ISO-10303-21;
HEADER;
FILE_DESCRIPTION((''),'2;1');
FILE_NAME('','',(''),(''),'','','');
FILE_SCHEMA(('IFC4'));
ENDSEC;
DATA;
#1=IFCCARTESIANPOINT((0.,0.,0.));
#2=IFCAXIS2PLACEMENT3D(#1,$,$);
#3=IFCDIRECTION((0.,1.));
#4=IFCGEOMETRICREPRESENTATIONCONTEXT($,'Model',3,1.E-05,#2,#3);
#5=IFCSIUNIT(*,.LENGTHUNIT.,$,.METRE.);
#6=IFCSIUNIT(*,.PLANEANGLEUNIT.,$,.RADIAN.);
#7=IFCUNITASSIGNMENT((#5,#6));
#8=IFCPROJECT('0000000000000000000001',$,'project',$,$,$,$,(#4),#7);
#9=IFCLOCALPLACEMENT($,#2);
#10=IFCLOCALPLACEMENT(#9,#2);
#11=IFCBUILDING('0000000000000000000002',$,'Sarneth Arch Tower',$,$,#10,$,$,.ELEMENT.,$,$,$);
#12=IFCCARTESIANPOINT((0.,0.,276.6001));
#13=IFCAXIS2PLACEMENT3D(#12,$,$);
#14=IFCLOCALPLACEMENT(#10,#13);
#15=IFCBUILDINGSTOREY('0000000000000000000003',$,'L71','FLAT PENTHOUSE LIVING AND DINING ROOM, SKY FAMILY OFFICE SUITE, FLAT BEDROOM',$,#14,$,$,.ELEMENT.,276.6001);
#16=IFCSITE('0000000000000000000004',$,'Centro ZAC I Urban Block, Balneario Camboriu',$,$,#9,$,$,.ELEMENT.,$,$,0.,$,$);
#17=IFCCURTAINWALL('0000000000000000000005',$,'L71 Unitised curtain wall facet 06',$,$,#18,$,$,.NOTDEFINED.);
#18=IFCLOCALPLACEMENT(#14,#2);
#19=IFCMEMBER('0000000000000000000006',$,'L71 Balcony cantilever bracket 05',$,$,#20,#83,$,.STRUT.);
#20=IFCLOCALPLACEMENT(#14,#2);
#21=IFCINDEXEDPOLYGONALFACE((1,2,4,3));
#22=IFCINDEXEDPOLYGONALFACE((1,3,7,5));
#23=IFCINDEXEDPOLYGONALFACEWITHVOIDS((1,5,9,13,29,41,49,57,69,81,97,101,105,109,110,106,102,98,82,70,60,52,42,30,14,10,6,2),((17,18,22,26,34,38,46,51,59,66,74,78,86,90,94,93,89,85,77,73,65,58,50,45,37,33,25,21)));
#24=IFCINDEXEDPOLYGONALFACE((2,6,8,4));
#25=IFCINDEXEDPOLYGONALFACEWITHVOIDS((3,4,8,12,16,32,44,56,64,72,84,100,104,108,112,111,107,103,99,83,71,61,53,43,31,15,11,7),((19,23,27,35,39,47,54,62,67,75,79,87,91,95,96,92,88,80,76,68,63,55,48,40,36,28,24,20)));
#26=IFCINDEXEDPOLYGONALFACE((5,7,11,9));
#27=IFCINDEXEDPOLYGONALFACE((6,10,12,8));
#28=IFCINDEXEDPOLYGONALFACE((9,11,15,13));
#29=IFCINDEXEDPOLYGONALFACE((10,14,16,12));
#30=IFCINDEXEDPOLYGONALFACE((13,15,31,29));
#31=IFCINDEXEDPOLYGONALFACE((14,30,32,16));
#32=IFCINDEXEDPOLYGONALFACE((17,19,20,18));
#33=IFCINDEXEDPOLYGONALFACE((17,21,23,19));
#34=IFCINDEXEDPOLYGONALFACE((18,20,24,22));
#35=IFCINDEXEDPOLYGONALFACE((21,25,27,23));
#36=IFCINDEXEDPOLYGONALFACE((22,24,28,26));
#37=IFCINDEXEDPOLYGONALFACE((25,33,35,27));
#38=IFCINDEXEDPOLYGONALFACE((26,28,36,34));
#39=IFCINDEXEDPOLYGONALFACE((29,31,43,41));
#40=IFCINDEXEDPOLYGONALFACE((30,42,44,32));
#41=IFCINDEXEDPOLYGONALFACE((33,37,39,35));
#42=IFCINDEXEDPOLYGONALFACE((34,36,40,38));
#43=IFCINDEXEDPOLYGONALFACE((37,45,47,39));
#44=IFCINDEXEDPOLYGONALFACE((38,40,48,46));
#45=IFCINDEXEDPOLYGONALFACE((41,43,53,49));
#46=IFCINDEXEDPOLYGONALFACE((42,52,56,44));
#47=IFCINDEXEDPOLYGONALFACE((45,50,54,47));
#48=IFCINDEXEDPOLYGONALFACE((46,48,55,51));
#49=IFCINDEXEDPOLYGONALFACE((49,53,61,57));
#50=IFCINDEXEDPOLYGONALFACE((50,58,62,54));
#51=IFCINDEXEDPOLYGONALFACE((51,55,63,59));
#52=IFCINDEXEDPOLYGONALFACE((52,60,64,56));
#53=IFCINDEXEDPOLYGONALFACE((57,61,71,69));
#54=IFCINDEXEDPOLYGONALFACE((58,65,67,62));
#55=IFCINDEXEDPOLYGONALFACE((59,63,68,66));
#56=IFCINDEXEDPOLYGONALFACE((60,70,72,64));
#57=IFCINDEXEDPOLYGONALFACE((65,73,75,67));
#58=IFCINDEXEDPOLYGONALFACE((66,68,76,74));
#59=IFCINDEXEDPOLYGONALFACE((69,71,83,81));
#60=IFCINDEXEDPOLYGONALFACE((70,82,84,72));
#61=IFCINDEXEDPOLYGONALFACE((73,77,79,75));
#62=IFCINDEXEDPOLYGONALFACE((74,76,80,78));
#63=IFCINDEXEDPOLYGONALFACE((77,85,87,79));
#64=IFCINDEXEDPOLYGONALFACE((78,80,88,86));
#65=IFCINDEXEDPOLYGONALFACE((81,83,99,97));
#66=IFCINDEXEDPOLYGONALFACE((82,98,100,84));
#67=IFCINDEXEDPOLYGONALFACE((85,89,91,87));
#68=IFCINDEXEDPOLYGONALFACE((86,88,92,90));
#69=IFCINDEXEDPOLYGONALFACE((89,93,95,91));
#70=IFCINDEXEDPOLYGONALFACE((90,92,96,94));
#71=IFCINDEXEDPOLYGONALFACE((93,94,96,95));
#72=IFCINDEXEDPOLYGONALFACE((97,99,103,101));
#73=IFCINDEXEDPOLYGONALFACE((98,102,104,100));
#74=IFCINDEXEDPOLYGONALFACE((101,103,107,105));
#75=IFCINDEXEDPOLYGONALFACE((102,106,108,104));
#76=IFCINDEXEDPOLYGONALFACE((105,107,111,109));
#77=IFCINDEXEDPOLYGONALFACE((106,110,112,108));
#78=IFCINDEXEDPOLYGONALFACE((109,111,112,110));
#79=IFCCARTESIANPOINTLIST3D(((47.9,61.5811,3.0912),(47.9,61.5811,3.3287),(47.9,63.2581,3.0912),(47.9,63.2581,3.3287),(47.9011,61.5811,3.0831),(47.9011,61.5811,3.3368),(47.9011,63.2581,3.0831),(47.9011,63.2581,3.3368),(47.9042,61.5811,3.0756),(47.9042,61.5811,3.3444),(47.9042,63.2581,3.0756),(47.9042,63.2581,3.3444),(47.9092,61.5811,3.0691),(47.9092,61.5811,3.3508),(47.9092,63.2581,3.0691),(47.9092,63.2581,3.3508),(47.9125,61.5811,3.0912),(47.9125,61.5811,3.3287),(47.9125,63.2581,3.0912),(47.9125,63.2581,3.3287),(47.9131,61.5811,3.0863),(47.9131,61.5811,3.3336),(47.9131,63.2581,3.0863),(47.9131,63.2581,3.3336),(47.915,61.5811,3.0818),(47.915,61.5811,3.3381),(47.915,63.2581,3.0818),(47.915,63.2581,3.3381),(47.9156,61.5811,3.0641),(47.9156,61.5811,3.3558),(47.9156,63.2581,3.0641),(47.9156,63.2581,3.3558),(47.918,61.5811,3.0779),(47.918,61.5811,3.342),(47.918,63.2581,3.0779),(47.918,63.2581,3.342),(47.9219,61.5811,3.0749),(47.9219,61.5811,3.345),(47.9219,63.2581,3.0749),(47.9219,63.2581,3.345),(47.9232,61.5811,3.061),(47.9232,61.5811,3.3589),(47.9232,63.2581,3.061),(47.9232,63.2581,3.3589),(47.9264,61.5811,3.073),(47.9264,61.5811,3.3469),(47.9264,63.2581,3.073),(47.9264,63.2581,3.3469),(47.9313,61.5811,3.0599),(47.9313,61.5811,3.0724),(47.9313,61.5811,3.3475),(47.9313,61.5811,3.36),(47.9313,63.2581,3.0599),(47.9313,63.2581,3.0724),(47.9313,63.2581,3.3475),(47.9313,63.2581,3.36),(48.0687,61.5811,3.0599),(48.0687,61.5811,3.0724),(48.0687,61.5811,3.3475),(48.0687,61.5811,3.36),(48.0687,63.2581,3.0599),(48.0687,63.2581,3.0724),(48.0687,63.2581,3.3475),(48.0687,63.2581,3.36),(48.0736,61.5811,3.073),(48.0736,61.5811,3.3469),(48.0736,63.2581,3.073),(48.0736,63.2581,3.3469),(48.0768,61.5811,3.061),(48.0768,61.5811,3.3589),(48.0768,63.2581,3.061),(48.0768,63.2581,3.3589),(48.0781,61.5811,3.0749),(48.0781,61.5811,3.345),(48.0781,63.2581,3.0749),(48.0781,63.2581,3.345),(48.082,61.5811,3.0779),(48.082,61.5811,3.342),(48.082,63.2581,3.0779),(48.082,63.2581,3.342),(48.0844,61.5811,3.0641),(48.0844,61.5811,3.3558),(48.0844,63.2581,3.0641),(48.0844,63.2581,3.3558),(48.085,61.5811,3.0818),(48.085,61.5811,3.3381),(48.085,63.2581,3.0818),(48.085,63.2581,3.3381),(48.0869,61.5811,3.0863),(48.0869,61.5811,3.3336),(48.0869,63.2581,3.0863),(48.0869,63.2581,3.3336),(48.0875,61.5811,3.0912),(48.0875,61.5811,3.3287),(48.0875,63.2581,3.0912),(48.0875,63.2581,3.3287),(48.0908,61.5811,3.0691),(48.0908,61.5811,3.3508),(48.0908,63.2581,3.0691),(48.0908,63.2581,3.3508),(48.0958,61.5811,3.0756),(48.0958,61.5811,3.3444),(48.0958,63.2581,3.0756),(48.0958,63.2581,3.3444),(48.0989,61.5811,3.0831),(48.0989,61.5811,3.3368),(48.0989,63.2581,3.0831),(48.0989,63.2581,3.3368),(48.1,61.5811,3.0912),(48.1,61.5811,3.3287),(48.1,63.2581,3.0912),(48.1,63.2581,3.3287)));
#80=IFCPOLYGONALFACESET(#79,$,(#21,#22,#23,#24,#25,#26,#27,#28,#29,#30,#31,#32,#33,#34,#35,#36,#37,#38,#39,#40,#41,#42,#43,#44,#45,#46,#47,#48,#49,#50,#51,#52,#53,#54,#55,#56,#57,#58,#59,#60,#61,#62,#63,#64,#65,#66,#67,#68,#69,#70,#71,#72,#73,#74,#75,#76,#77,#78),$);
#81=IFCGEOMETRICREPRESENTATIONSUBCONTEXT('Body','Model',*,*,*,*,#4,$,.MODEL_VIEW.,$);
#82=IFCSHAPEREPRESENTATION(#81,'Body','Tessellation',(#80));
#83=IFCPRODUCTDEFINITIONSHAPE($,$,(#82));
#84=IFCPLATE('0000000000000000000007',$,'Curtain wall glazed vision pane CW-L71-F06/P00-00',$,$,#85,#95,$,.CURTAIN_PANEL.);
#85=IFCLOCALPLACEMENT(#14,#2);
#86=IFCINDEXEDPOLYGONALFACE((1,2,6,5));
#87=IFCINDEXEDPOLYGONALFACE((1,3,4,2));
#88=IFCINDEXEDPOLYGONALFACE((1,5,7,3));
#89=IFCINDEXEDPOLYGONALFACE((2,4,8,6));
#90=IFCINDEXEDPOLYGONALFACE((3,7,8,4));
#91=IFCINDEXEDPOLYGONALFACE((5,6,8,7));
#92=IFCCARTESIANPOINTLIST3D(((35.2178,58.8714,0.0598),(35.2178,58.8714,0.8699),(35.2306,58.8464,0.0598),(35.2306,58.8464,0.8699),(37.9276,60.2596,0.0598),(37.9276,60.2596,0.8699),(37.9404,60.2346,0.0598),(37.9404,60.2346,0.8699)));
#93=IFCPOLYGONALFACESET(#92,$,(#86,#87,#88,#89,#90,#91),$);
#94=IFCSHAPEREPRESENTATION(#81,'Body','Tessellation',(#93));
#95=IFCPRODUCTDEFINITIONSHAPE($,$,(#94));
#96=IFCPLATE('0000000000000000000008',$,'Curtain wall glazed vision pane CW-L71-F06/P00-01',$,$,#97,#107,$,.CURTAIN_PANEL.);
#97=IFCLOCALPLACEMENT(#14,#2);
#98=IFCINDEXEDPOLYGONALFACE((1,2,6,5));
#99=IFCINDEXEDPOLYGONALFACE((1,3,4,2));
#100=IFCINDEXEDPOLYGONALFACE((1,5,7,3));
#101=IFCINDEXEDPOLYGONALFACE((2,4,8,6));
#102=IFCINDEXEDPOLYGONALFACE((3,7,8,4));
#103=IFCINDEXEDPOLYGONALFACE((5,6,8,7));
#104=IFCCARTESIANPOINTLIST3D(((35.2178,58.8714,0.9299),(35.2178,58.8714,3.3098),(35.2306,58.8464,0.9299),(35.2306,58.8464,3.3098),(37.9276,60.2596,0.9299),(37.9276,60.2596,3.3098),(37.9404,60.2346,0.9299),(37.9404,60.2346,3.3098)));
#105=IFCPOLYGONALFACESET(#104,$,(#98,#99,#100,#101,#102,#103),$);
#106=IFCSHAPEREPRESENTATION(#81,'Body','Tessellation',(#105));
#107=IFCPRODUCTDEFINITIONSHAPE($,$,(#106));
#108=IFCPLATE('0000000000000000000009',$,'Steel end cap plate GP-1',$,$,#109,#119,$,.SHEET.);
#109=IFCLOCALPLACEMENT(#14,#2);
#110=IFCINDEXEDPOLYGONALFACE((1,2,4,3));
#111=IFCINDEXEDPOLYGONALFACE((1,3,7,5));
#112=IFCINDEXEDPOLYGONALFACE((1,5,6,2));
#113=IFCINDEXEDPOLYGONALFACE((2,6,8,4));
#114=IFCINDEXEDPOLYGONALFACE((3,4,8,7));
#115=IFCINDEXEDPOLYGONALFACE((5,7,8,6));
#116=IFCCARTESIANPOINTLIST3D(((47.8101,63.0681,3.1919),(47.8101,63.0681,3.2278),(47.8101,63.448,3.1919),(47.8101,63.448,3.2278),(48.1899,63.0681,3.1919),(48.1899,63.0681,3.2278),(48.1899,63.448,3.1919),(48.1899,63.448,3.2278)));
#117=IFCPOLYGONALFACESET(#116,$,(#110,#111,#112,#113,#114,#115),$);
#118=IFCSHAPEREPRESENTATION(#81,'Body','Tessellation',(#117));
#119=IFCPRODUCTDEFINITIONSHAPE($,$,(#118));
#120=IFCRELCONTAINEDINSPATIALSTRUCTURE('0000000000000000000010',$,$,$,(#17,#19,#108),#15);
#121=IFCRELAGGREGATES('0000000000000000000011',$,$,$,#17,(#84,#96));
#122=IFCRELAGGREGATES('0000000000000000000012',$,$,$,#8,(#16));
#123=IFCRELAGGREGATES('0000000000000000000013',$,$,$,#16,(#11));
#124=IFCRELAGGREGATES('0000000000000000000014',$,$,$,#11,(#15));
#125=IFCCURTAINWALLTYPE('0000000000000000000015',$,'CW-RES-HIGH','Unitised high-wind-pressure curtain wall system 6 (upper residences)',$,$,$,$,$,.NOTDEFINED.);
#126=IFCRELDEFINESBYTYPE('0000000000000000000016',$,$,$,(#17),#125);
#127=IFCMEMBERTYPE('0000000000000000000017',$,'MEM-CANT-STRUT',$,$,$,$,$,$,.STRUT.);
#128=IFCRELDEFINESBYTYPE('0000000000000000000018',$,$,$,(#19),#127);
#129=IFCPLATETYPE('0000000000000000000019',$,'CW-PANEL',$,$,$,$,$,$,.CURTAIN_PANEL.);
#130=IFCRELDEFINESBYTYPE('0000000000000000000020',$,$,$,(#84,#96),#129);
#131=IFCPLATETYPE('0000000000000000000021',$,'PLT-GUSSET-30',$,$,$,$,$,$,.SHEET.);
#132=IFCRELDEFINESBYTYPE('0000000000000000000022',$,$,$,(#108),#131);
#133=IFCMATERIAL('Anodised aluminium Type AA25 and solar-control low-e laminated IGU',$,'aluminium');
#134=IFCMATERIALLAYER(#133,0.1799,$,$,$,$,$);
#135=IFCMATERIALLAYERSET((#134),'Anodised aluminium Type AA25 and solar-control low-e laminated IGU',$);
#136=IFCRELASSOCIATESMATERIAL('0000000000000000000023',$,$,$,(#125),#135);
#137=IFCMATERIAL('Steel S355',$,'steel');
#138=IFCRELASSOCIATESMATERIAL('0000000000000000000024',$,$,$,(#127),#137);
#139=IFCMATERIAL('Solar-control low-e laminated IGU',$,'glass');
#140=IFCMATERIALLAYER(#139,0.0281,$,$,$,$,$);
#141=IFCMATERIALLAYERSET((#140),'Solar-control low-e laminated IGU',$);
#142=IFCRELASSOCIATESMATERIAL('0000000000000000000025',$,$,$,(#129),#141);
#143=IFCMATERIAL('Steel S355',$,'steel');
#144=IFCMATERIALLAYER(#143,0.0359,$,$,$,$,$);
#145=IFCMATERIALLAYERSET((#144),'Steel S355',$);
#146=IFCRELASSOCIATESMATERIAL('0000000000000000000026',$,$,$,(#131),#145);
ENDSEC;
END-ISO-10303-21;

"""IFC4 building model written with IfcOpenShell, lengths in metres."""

from ifc_helpers import new_model, si_unit, direction, frame, origin, origin_2d, place, context, subcontext, project, spatial, rectangle, hollow_rectangle, extrude, material, layer, layer_set, material_profile, profile_set, type_object, element, aggregate, save


model = new_model("IFC4")

# Units and contexts
model_context = context("Model", 3, precision=1e-05, world=origin(), true_north=direction((0.0, 1.0)))
body_context = subcontext(model_context, "Body", "Model", "MODEL_VIEW")
ifc_project = project(units=[si_unit("LENGTHUNIT", "METRE"), si_unit("PLANEANGLEUNIT", "RADIAN")], contexts=[model_context])

# Site, building, storey
site_placement = place(None, origin())
site = spatial("IfcSite", under=ifc_project, at=site_placement, Name="Centro ZAC I Urban Block, Balneario Camboriu", CompositionType="ELEMENT", RefElevation=0.0)
building_placement = place(site_placement, origin())
building = spatial("IfcBuilding", under=site, at=building_placement, Name="Sarneth Arch Tower", CompositionType="ELEMENT")
storey_placement = place(building_placement, frame((0.0, 0.0, 276.6001)))
storey = spatial("IfcBuildingStorey", under=building, at=storey_placement, Name="L71", Description="FLAT PENTHOUSE LIVING AND DINING ROOM, SKY FAMILY OFFICE SUITE, FLAT BEDROOM", CompositionType="ELEMENT", Elevation=276.6001)

# Curtain wall
ifc_material_1 = material(Name="Anodised aluminium Type AA25 and solar-control low-e laminated IGU", Category="aluminium")
ifc_layer_1 = layer(ifc_material_1, 0.1799)
ifc_layer_set_1 = layer_set([ifc_layer_1], Name="Anodised aluminium Type AA25 and solar-control low-e laminated IGU")
curtain_wall_type = type_object("IfcCurtainWallType", Name="CW-RES-HIGH", Description="Unitised high-wind-pressure curtain wall system 6 (upper residences)", PredefinedType="NOTDEFINED", material=ifc_layer_set_1)
curtain_wall_placement = place(storey_placement, origin())
curtain_wall = element("IfcCurtainWall", 1, at=curtain_wall_placement, inside=storey, type_object=curtain_wall_type, Name="L71 Unitised curtain wall facet 06", PredefinedType="NOTDEFINED")

# Member
ifc_material_2 = material(Name="Steel S355", Category="steel")
ifc_material_profile_1 = material_profile(ifc_material_2, hollow_rectangle(XDim=0.2, YDim=0.3, WallThickness=0.0125, InnerFilletRadius=0.0188, OuterFilletRadius=0.0312, at=origin_2d()), Name="RHS300x200x12.5")
ifc_profile_set_1 = profile_set([ifc_material_profile_1], Name="Steel S355")
member_type_1 = type_object("IfcMemberType", Name="MEM-CANT-STRUT", PredefinedType="STRUT", material=ifc_profile_set_1)
member_1_placement = place(storey_placement, frame((48.0, 61.5811, 3.21), z_axis=(0.0, 1.0, 0.0), x_axis=(-1.0, 0.0, 0.0)))
element("IfcMember", 2, at=member_1_placement, inside=storey, type_object=member_type_1, Name="L71 Balcony cantilever bracket 05", PredefinedType="STRUT", context=body_context, shape_type="SweptSolid", body=[
    extrude(hollow_rectangle(XDim=0.2, YDim=0.3, WallThickness=0.0125, InnerFilletRadius=0.0188, OuterFilletRadius=0.0312, at=origin_2d()), origin(), (0.0, 0.0, 1.0), 1.677),
])

# Plates
ifc_material_3 = material(Name="Solar-control low-e laminated IGU", Category="glass")
ifc_layer_2 = layer(ifc_material_3, 0.0281)
ifc_layer_set_2 = layer_set([ifc_layer_2], Name="Solar-control low-e laminated IGU")
plate_type_1 = type_object("IfcPlateType", Name="CW-PANEL", PredefinedType="CURTAIN_PANEL", material=ifc_layer_set_2)
plate_1_placement = place(storey_placement, frame((36.5791, 59.553, 0.0598), z_axis=(0.0, 0.0, 1.0), x_axis=(-0.89001, -0.455942, 0.0)))
plate_1 = element("IfcPlate", 3, at=plate_1_placement, type_object=plate_type_1, Name="Curtain wall glazed vision pane CW-L71-F06/P00-00", PredefinedType="CURTAIN_PANEL", context=body_context, shape_type="SweptSolid", body=[
    extrude(rectangle(XDim=3.0447, YDim=0.0281, at=origin_2d()), origin(), (0.0, 0.0, 1.0), 0.8101),
])
plate_2_placement = place(storey_placement, frame((36.5791, 59.553, 0.9299), z_axis=(0.0, 0.0, 1.0), x_axis=(-0.89001, -0.455942, 0.0)))
plate_2 = element("IfcPlate", 4, at=plate_2_placement, type_object=plate_type_1, Name="Curtain wall glazed vision pane CW-L71-F06/P00-01", PredefinedType="CURTAIN_PANEL", context=body_context, shape_type="SweptSolid", body=[
    extrude(rectangle(XDim=3.0447, YDim=0.0281, at=origin_2d()), origin(), (0.0, 0.0, 1.0), 2.3799),
])
aggregate(curtain_wall, [plate_1, plate_2])
ifc_material_4 = material(Name="Steel S355", Category="steel")
ifc_layer_3 = layer(ifc_material_4, 0.0359)
ifc_layer_set_3 = layer_set([ifc_layer_3], Name="Steel S355")
plate_type_2 = type_object("IfcPlateType", Name="PLT-GUSSET-30", PredefinedType="SHEET", material=ifc_layer_set_3)
plate_3_placement = place(storey_placement, frame((48.0, 63.2581, 3.1919), z_axis=(0.0, 0.0, 1.0), x_axis=(0.0, 1.0, 0.0)))
element("IfcPlate", 5, at=plate_3_placement, inside=storey, type_object=plate_type_2, Name="Steel end cap plate GP-1", PredefinedType="SHEET", context=body_context, shape_type="SweptSolid", body=[
    extrude(rectangle(XDim=0.3799, YDim=0.3799, at=origin_2d()), origin(), (0.0, 0.0, 1.0), 0.0359),
])

save(model, "model.ifc")
